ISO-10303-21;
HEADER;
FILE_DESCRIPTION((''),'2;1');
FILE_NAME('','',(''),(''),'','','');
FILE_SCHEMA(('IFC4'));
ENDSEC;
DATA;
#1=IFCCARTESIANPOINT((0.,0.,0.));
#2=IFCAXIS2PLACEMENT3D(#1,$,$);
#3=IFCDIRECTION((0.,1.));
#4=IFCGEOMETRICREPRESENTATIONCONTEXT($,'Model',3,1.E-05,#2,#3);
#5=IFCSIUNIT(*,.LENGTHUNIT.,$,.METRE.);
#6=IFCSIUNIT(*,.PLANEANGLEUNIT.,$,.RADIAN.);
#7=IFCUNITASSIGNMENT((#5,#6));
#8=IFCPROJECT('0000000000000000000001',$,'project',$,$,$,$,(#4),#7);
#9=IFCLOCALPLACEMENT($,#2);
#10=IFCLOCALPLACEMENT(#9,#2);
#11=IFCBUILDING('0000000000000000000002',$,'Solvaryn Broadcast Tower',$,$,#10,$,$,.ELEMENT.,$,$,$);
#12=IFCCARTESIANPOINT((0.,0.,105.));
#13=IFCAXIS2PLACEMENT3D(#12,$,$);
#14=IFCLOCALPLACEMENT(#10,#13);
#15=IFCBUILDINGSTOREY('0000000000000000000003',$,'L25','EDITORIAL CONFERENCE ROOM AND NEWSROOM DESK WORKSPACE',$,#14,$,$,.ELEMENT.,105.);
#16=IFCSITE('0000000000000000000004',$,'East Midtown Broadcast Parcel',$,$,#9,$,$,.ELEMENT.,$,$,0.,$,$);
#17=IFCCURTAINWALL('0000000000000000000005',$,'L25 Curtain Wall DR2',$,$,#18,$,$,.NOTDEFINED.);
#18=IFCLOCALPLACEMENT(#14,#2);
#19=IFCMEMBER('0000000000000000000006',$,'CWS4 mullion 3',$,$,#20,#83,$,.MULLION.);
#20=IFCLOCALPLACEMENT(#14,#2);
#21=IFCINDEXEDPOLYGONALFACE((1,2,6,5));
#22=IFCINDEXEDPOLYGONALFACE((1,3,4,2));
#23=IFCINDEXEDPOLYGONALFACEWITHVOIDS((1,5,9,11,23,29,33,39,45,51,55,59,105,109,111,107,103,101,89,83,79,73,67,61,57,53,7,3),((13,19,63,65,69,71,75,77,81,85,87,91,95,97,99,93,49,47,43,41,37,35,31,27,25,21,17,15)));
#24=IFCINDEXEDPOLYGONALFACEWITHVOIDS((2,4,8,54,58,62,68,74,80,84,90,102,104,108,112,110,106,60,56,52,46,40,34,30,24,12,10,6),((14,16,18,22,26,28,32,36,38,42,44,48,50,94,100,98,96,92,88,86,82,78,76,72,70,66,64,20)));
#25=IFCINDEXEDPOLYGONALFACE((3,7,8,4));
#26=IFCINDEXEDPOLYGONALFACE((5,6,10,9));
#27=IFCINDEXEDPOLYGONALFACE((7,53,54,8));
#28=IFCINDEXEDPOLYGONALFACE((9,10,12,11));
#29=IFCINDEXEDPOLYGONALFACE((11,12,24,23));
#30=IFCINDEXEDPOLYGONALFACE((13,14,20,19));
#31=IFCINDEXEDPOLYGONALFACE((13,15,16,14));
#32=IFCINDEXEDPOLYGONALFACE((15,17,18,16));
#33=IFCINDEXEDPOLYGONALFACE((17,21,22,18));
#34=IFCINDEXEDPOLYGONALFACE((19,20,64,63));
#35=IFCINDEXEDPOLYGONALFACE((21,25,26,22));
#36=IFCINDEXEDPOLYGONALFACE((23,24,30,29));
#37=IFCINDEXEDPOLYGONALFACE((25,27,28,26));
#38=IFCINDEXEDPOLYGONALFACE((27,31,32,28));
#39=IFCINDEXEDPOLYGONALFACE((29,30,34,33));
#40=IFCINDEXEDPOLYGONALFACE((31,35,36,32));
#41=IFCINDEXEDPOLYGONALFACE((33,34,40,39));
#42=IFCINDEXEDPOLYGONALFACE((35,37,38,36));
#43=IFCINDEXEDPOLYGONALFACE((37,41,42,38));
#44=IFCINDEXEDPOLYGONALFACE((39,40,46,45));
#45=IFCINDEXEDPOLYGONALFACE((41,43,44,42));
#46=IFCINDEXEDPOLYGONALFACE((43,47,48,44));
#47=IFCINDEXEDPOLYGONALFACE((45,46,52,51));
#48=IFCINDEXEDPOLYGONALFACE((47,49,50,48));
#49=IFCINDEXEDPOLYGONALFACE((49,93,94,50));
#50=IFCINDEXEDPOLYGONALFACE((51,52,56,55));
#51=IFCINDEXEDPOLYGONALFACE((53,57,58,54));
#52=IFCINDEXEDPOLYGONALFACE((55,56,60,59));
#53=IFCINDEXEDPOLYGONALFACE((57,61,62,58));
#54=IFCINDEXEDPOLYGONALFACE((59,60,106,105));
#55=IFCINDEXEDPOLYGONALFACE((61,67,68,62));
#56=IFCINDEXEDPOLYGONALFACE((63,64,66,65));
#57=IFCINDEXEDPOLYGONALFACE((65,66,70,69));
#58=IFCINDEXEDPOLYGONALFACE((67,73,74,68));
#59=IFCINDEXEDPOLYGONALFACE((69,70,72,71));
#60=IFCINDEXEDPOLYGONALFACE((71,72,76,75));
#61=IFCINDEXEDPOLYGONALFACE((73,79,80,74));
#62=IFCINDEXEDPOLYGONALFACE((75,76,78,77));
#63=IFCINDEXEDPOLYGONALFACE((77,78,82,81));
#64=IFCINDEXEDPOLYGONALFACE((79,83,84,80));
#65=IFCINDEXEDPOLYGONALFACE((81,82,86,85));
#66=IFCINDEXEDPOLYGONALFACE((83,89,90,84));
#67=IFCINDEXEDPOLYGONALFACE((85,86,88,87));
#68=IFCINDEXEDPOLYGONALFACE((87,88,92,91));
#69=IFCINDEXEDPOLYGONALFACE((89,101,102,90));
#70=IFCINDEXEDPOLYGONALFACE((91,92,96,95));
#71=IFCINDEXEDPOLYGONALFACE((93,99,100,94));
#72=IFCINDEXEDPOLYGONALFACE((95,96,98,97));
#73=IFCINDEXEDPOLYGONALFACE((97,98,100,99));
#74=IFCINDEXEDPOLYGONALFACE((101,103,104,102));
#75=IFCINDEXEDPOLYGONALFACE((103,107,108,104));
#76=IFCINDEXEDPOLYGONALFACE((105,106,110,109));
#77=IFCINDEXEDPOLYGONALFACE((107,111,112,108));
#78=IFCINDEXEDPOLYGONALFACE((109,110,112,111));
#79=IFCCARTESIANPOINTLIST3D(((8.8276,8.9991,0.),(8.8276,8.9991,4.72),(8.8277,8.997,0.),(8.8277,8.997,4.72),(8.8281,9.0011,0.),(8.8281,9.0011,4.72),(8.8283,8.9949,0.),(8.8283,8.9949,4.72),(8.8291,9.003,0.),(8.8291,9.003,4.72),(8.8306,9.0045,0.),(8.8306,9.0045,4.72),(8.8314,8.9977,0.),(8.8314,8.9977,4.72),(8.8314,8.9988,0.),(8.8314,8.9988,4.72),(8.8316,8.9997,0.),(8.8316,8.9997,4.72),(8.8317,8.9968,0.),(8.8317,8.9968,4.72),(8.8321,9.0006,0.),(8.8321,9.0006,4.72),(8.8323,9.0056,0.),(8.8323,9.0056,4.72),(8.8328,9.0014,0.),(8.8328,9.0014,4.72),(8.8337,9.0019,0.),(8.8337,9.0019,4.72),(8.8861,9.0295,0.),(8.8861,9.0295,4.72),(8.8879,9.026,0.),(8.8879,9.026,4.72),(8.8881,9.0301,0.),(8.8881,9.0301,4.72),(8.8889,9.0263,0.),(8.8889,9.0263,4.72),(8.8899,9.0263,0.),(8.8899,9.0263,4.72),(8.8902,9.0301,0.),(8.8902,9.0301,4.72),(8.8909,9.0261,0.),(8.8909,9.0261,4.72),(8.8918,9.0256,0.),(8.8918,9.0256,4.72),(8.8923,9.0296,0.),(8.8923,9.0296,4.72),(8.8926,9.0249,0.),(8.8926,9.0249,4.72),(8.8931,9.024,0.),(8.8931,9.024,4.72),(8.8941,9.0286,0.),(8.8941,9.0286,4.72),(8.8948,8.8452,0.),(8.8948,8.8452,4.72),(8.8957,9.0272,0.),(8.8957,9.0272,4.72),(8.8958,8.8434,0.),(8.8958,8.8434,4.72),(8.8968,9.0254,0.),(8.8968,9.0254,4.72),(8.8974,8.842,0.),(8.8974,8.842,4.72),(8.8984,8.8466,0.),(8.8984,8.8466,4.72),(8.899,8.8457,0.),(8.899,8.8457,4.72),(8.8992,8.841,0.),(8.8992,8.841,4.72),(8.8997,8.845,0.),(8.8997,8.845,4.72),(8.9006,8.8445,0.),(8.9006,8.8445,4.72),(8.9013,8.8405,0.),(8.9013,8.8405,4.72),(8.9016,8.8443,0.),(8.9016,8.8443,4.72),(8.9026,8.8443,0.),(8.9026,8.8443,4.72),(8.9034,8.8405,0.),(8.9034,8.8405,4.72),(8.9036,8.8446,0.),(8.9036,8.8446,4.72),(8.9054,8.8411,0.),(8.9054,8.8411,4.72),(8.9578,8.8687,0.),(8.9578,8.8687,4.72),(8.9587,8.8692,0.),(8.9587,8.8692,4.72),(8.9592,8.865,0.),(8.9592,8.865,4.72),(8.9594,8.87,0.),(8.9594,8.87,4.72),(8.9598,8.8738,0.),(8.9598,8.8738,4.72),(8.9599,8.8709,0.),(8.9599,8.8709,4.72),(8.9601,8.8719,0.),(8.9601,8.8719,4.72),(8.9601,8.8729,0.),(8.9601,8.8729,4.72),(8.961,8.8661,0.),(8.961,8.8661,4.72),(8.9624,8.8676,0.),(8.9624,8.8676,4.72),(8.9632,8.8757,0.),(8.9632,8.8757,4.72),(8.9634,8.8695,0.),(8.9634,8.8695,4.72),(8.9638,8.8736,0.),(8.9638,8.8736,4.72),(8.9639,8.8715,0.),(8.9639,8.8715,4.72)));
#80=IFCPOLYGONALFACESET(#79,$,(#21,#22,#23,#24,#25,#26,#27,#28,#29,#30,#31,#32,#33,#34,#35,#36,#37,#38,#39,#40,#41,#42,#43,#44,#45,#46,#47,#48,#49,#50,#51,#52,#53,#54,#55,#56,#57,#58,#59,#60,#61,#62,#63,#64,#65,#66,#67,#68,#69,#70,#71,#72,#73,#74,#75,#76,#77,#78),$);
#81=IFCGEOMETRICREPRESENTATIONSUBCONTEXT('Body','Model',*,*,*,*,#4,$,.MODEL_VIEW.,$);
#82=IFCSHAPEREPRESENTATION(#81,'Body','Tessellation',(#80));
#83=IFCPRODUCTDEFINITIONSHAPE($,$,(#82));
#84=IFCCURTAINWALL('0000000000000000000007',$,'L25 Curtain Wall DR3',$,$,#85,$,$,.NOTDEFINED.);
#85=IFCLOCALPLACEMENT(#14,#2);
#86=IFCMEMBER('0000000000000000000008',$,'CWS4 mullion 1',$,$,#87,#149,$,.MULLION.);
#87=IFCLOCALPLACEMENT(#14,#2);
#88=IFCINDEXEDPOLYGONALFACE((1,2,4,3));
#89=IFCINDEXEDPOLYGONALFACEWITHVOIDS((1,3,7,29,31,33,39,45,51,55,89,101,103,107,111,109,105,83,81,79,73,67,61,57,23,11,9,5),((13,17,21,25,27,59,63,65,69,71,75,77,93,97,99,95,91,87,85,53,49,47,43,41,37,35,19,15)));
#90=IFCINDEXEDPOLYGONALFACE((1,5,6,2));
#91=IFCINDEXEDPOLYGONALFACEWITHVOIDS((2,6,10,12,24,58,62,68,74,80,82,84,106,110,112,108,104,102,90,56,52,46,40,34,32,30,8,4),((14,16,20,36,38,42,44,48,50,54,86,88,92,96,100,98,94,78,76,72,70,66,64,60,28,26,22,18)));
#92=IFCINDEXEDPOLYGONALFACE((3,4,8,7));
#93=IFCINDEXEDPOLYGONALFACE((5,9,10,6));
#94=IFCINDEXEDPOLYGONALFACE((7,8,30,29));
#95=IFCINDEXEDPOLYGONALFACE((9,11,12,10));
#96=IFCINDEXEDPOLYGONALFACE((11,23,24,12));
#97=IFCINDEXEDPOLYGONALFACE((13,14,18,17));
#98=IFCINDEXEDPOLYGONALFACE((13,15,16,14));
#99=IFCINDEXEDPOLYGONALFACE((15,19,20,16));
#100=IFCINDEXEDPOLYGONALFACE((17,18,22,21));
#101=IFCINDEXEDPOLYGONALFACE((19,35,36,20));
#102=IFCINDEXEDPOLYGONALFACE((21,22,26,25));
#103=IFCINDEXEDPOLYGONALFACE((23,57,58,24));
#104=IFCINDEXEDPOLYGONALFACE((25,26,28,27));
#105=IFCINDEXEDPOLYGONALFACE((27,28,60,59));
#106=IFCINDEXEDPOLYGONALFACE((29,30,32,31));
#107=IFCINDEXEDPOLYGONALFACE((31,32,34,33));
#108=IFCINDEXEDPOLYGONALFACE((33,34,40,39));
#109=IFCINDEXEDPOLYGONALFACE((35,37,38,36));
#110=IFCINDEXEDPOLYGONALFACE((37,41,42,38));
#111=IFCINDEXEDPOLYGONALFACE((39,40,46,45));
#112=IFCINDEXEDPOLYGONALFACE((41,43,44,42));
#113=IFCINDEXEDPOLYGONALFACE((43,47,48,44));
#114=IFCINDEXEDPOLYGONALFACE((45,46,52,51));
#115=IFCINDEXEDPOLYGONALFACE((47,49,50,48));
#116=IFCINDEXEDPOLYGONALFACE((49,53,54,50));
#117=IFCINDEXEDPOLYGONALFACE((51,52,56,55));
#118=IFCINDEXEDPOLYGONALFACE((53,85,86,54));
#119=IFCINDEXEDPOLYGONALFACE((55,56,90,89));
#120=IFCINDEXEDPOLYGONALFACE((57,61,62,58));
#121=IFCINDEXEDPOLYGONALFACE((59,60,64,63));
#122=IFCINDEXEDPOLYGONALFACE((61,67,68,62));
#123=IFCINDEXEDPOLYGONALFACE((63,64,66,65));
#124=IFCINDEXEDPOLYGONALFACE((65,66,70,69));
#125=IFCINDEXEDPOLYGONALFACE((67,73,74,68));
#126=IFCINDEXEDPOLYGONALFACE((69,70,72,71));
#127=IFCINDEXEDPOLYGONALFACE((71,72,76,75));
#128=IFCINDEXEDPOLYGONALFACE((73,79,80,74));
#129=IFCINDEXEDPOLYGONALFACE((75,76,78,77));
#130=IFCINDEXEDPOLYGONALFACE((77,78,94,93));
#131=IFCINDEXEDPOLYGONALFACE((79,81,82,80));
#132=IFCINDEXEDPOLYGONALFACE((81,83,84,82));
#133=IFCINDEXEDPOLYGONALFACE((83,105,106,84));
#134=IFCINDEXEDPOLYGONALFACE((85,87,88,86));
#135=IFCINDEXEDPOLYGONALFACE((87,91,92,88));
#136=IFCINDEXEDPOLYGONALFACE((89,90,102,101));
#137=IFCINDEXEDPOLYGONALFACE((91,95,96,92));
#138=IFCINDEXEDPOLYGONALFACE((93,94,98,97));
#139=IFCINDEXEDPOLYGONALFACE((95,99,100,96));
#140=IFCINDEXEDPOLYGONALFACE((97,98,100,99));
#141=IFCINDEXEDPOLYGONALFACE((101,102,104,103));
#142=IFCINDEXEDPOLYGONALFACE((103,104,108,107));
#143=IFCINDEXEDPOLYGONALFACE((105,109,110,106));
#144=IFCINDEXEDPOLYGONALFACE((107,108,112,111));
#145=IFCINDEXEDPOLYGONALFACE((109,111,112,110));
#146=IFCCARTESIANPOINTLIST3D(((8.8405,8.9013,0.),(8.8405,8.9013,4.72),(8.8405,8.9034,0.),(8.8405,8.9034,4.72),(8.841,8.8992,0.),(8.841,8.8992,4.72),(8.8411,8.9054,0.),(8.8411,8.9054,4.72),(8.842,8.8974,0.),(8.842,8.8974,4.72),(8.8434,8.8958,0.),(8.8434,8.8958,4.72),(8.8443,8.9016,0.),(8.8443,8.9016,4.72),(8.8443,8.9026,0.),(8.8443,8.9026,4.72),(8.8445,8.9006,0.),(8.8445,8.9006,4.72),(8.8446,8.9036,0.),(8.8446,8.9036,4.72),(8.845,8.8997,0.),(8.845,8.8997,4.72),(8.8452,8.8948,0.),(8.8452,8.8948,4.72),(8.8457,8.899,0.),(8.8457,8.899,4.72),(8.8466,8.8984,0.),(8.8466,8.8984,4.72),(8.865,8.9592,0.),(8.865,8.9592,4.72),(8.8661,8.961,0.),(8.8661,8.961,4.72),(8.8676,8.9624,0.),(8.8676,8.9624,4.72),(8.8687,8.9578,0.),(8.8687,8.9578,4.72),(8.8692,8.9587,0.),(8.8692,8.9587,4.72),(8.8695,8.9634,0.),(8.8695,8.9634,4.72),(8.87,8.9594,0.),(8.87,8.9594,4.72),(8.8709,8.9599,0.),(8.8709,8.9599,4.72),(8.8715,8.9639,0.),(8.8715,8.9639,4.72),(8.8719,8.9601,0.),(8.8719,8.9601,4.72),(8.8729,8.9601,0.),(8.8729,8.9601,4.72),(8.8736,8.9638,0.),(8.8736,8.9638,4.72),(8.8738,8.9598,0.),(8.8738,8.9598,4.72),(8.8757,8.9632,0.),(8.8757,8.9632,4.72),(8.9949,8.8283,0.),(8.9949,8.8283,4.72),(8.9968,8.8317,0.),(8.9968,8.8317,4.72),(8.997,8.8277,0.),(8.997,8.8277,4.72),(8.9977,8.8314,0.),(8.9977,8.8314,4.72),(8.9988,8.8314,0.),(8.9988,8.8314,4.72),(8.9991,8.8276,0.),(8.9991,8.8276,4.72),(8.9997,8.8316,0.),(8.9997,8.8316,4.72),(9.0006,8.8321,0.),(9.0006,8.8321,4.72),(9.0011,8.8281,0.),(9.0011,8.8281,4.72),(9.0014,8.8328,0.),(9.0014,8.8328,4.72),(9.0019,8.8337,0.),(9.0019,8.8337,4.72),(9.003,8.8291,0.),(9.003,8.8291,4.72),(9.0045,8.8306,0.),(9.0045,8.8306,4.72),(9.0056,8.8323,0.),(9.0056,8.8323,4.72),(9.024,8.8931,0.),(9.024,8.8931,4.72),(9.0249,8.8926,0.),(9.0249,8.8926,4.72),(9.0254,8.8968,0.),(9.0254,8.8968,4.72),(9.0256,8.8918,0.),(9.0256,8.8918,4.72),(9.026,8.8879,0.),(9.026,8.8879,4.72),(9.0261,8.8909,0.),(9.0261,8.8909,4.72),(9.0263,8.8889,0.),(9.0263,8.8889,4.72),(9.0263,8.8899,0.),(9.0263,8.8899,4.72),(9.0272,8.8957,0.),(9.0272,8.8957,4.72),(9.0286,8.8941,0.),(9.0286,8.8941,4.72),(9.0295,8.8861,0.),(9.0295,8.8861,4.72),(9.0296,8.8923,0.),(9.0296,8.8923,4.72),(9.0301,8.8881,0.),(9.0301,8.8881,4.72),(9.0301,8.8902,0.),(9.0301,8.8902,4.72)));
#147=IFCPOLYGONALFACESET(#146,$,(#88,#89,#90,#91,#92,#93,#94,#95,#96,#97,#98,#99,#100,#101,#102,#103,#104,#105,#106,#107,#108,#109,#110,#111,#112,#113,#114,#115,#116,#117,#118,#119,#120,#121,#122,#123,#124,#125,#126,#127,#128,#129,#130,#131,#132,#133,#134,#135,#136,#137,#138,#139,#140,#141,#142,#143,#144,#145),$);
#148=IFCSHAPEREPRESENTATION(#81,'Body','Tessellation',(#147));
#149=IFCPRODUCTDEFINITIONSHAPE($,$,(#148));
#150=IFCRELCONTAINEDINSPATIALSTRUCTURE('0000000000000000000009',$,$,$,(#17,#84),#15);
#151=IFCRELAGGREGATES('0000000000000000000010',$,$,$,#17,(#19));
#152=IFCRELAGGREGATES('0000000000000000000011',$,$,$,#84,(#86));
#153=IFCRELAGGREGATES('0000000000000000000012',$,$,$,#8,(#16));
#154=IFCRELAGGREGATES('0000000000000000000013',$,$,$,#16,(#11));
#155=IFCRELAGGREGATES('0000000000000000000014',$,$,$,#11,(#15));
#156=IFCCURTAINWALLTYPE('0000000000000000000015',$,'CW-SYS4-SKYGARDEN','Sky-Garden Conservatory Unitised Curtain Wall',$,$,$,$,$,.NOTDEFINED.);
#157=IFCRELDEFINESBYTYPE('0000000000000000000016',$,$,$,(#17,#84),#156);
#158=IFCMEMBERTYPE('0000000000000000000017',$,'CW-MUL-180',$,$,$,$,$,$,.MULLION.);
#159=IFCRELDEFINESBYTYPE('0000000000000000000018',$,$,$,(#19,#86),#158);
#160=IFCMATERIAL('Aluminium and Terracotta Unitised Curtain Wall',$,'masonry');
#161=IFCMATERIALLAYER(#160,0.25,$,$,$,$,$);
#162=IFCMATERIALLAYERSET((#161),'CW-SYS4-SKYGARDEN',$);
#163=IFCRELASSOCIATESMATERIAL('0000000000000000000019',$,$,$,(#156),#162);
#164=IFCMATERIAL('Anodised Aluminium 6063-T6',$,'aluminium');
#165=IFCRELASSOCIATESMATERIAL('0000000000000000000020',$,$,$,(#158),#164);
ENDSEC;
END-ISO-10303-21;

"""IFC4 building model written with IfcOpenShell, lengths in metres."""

from ifc_helpers import new_model, si_unit, direction, frame, origin, origin_2d, place, context, subcontext, project, spatial, hollow_rectangle, extrude, material, layer, layer_set, material_profile, profile_set, type_object, element, aggregate, save


model = new_model("IFC4")

# Units and contexts
model_context = context("Model", 3, precision=1e-05, world=origin(), true_north=direction((0.0, 1.0)))
body_context = subcontext(model_context, "Body", "Model", "MODEL_VIEW")
ifc_project = project(units=[si_unit("LENGTHUNIT", "METRE"), si_unit("PLANEANGLEUNIT", "RADIAN")], contexts=[model_context])

# Site, building, storey
site_placement = place(None, origin())
site = spatial("IfcSite", under=ifc_project, at=site_placement, Name="East Midtown Broadcast Parcel", CompositionType="ELEMENT", RefElevation=0.0)
building_placement = place(site_placement, origin())
building = spatial("IfcBuilding", under=site, at=building_placement, Name="Solvaryn Broadcast Tower", CompositionType="ELEMENT")
storey_placement = place(building_placement, frame((0.0, 0.0, 105.0)))
storey = spatial("IfcBuildingStorey", under=building, at=storey_placement, Name="L25", Description="EDITORIAL CONFERENCE ROOM AND NEWSROOM DESK WORKSPACE", CompositionType="ELEMENT", Elevation=105.0)

# Curtain wall, member
ifc_material_1 = material(Name="Aluminium and Terracotta Unitised Curtain Wall", Category="masonry")
ifc_layer_1 = layer(ifc_material_1, 0.25)
ifc_layer_set_1 = layer_set([ifc_layer_1], Name="CW-SYS4-SKYGARDEN")
curtain_wall_type = type_object("IfcCurtainWallType", Name="CW-SYS4-SKYGARDEN", Description="Sky-Garden Conservatory Unitised Curtain Wall", PredefinedType="NOTDEFINED", material=ifc_layer_set_1)
curtain_wall_1_placement = place(storey_placement, origin())
curtain_wall_1 = element("IfcCurtainWall", 1, at=curtain_wall_1_placement, inside=storey, type_object=curtain_wall_type, Name="L25 Curtain Wall DR2", PredefinedType="NOTDEFINED")
ifc_material_2 = material(Name="Anodised Aluminium 6063-T6", Category="aluminium")
ifc_material_profile_1 = material_profile(ifc_material_2, hollow_rectangle(XDim=0.075, YDim=0.1799, WallThickness=0.0039, InnerFilletRadius=0.0039, OuterFilletRadius=0.0081, at=origin_2d()))
ifc_profile_set_1 = profile_set([ifc_material_profile_1], Name="Anodised Aluminium 6063-T6")
member_type_1 = type_object("IfcMemberType", Name="CW-MUL-180", PredefinedType="MULLION", material=ifc_profile_set_1)
member_1_placement = place(storey_placement, frame((8.8958, 8.9353, 0.0), z_axis=(0.0, 0.0, 1.0), x_axis=(0.913909, 0.405918, 0.0)))
member_1 = element("IfcMember", 2, at=member_1_placement, type_object=member_type_1, Name="CWS4 mullion 3", PredefinedType="MULLION", context=body_context, shape_type="SweptSolid", body=[
    extrude(hollow_rectangle(XDim=0.075, YDim=0.1799, WallThickness=0.0039, InnerFilletRadius=0.0039, OuterFilletRadius=0.0081, at=origin_2d()), origin(), (0.0, 0.0, 1.0), 4.72),
])
aggregate(curtain_wall_1, [member_1])

# Curtain wall, member
curtain_wall_2_placement = place(storey_placement, origin())
curtain_wall_2 = element("IfcCurtainWall", 3, at=curtain_wall_2_placement, inside=storey, type_object=curtain_wall_type, Name="L25 Curtain Wall DR3", PredefinedType="NOTDEFINED")
member_2_placement = place(storey_placement, frame((8.9353, 8.8958, 0.0), z_axis=(0.0, 0.0, 1.0), x_axis=(0.405918, 0.913909, 0.0)))
member_2 = element("IfcMember", 4, at=member_2_placement, type_object=member_type_1, Name="CWS4 mullion 1", PredefinedType="MULLION", context=body_context, shape_type="SweptSolid", body=[
    extrude(hollow_rectangle(XDim=0.075, YDim=0.1799, WallThickness=0.0039, InnerFilletRadius=0.0039, OuterFilletRadius=0.0081, at=origin_2d()), origin(), (0.0, 0.0, 1.0), 4.72),
])

aggregate(curtain_wall_2, [member_2])

save(model, "model.ifc")
